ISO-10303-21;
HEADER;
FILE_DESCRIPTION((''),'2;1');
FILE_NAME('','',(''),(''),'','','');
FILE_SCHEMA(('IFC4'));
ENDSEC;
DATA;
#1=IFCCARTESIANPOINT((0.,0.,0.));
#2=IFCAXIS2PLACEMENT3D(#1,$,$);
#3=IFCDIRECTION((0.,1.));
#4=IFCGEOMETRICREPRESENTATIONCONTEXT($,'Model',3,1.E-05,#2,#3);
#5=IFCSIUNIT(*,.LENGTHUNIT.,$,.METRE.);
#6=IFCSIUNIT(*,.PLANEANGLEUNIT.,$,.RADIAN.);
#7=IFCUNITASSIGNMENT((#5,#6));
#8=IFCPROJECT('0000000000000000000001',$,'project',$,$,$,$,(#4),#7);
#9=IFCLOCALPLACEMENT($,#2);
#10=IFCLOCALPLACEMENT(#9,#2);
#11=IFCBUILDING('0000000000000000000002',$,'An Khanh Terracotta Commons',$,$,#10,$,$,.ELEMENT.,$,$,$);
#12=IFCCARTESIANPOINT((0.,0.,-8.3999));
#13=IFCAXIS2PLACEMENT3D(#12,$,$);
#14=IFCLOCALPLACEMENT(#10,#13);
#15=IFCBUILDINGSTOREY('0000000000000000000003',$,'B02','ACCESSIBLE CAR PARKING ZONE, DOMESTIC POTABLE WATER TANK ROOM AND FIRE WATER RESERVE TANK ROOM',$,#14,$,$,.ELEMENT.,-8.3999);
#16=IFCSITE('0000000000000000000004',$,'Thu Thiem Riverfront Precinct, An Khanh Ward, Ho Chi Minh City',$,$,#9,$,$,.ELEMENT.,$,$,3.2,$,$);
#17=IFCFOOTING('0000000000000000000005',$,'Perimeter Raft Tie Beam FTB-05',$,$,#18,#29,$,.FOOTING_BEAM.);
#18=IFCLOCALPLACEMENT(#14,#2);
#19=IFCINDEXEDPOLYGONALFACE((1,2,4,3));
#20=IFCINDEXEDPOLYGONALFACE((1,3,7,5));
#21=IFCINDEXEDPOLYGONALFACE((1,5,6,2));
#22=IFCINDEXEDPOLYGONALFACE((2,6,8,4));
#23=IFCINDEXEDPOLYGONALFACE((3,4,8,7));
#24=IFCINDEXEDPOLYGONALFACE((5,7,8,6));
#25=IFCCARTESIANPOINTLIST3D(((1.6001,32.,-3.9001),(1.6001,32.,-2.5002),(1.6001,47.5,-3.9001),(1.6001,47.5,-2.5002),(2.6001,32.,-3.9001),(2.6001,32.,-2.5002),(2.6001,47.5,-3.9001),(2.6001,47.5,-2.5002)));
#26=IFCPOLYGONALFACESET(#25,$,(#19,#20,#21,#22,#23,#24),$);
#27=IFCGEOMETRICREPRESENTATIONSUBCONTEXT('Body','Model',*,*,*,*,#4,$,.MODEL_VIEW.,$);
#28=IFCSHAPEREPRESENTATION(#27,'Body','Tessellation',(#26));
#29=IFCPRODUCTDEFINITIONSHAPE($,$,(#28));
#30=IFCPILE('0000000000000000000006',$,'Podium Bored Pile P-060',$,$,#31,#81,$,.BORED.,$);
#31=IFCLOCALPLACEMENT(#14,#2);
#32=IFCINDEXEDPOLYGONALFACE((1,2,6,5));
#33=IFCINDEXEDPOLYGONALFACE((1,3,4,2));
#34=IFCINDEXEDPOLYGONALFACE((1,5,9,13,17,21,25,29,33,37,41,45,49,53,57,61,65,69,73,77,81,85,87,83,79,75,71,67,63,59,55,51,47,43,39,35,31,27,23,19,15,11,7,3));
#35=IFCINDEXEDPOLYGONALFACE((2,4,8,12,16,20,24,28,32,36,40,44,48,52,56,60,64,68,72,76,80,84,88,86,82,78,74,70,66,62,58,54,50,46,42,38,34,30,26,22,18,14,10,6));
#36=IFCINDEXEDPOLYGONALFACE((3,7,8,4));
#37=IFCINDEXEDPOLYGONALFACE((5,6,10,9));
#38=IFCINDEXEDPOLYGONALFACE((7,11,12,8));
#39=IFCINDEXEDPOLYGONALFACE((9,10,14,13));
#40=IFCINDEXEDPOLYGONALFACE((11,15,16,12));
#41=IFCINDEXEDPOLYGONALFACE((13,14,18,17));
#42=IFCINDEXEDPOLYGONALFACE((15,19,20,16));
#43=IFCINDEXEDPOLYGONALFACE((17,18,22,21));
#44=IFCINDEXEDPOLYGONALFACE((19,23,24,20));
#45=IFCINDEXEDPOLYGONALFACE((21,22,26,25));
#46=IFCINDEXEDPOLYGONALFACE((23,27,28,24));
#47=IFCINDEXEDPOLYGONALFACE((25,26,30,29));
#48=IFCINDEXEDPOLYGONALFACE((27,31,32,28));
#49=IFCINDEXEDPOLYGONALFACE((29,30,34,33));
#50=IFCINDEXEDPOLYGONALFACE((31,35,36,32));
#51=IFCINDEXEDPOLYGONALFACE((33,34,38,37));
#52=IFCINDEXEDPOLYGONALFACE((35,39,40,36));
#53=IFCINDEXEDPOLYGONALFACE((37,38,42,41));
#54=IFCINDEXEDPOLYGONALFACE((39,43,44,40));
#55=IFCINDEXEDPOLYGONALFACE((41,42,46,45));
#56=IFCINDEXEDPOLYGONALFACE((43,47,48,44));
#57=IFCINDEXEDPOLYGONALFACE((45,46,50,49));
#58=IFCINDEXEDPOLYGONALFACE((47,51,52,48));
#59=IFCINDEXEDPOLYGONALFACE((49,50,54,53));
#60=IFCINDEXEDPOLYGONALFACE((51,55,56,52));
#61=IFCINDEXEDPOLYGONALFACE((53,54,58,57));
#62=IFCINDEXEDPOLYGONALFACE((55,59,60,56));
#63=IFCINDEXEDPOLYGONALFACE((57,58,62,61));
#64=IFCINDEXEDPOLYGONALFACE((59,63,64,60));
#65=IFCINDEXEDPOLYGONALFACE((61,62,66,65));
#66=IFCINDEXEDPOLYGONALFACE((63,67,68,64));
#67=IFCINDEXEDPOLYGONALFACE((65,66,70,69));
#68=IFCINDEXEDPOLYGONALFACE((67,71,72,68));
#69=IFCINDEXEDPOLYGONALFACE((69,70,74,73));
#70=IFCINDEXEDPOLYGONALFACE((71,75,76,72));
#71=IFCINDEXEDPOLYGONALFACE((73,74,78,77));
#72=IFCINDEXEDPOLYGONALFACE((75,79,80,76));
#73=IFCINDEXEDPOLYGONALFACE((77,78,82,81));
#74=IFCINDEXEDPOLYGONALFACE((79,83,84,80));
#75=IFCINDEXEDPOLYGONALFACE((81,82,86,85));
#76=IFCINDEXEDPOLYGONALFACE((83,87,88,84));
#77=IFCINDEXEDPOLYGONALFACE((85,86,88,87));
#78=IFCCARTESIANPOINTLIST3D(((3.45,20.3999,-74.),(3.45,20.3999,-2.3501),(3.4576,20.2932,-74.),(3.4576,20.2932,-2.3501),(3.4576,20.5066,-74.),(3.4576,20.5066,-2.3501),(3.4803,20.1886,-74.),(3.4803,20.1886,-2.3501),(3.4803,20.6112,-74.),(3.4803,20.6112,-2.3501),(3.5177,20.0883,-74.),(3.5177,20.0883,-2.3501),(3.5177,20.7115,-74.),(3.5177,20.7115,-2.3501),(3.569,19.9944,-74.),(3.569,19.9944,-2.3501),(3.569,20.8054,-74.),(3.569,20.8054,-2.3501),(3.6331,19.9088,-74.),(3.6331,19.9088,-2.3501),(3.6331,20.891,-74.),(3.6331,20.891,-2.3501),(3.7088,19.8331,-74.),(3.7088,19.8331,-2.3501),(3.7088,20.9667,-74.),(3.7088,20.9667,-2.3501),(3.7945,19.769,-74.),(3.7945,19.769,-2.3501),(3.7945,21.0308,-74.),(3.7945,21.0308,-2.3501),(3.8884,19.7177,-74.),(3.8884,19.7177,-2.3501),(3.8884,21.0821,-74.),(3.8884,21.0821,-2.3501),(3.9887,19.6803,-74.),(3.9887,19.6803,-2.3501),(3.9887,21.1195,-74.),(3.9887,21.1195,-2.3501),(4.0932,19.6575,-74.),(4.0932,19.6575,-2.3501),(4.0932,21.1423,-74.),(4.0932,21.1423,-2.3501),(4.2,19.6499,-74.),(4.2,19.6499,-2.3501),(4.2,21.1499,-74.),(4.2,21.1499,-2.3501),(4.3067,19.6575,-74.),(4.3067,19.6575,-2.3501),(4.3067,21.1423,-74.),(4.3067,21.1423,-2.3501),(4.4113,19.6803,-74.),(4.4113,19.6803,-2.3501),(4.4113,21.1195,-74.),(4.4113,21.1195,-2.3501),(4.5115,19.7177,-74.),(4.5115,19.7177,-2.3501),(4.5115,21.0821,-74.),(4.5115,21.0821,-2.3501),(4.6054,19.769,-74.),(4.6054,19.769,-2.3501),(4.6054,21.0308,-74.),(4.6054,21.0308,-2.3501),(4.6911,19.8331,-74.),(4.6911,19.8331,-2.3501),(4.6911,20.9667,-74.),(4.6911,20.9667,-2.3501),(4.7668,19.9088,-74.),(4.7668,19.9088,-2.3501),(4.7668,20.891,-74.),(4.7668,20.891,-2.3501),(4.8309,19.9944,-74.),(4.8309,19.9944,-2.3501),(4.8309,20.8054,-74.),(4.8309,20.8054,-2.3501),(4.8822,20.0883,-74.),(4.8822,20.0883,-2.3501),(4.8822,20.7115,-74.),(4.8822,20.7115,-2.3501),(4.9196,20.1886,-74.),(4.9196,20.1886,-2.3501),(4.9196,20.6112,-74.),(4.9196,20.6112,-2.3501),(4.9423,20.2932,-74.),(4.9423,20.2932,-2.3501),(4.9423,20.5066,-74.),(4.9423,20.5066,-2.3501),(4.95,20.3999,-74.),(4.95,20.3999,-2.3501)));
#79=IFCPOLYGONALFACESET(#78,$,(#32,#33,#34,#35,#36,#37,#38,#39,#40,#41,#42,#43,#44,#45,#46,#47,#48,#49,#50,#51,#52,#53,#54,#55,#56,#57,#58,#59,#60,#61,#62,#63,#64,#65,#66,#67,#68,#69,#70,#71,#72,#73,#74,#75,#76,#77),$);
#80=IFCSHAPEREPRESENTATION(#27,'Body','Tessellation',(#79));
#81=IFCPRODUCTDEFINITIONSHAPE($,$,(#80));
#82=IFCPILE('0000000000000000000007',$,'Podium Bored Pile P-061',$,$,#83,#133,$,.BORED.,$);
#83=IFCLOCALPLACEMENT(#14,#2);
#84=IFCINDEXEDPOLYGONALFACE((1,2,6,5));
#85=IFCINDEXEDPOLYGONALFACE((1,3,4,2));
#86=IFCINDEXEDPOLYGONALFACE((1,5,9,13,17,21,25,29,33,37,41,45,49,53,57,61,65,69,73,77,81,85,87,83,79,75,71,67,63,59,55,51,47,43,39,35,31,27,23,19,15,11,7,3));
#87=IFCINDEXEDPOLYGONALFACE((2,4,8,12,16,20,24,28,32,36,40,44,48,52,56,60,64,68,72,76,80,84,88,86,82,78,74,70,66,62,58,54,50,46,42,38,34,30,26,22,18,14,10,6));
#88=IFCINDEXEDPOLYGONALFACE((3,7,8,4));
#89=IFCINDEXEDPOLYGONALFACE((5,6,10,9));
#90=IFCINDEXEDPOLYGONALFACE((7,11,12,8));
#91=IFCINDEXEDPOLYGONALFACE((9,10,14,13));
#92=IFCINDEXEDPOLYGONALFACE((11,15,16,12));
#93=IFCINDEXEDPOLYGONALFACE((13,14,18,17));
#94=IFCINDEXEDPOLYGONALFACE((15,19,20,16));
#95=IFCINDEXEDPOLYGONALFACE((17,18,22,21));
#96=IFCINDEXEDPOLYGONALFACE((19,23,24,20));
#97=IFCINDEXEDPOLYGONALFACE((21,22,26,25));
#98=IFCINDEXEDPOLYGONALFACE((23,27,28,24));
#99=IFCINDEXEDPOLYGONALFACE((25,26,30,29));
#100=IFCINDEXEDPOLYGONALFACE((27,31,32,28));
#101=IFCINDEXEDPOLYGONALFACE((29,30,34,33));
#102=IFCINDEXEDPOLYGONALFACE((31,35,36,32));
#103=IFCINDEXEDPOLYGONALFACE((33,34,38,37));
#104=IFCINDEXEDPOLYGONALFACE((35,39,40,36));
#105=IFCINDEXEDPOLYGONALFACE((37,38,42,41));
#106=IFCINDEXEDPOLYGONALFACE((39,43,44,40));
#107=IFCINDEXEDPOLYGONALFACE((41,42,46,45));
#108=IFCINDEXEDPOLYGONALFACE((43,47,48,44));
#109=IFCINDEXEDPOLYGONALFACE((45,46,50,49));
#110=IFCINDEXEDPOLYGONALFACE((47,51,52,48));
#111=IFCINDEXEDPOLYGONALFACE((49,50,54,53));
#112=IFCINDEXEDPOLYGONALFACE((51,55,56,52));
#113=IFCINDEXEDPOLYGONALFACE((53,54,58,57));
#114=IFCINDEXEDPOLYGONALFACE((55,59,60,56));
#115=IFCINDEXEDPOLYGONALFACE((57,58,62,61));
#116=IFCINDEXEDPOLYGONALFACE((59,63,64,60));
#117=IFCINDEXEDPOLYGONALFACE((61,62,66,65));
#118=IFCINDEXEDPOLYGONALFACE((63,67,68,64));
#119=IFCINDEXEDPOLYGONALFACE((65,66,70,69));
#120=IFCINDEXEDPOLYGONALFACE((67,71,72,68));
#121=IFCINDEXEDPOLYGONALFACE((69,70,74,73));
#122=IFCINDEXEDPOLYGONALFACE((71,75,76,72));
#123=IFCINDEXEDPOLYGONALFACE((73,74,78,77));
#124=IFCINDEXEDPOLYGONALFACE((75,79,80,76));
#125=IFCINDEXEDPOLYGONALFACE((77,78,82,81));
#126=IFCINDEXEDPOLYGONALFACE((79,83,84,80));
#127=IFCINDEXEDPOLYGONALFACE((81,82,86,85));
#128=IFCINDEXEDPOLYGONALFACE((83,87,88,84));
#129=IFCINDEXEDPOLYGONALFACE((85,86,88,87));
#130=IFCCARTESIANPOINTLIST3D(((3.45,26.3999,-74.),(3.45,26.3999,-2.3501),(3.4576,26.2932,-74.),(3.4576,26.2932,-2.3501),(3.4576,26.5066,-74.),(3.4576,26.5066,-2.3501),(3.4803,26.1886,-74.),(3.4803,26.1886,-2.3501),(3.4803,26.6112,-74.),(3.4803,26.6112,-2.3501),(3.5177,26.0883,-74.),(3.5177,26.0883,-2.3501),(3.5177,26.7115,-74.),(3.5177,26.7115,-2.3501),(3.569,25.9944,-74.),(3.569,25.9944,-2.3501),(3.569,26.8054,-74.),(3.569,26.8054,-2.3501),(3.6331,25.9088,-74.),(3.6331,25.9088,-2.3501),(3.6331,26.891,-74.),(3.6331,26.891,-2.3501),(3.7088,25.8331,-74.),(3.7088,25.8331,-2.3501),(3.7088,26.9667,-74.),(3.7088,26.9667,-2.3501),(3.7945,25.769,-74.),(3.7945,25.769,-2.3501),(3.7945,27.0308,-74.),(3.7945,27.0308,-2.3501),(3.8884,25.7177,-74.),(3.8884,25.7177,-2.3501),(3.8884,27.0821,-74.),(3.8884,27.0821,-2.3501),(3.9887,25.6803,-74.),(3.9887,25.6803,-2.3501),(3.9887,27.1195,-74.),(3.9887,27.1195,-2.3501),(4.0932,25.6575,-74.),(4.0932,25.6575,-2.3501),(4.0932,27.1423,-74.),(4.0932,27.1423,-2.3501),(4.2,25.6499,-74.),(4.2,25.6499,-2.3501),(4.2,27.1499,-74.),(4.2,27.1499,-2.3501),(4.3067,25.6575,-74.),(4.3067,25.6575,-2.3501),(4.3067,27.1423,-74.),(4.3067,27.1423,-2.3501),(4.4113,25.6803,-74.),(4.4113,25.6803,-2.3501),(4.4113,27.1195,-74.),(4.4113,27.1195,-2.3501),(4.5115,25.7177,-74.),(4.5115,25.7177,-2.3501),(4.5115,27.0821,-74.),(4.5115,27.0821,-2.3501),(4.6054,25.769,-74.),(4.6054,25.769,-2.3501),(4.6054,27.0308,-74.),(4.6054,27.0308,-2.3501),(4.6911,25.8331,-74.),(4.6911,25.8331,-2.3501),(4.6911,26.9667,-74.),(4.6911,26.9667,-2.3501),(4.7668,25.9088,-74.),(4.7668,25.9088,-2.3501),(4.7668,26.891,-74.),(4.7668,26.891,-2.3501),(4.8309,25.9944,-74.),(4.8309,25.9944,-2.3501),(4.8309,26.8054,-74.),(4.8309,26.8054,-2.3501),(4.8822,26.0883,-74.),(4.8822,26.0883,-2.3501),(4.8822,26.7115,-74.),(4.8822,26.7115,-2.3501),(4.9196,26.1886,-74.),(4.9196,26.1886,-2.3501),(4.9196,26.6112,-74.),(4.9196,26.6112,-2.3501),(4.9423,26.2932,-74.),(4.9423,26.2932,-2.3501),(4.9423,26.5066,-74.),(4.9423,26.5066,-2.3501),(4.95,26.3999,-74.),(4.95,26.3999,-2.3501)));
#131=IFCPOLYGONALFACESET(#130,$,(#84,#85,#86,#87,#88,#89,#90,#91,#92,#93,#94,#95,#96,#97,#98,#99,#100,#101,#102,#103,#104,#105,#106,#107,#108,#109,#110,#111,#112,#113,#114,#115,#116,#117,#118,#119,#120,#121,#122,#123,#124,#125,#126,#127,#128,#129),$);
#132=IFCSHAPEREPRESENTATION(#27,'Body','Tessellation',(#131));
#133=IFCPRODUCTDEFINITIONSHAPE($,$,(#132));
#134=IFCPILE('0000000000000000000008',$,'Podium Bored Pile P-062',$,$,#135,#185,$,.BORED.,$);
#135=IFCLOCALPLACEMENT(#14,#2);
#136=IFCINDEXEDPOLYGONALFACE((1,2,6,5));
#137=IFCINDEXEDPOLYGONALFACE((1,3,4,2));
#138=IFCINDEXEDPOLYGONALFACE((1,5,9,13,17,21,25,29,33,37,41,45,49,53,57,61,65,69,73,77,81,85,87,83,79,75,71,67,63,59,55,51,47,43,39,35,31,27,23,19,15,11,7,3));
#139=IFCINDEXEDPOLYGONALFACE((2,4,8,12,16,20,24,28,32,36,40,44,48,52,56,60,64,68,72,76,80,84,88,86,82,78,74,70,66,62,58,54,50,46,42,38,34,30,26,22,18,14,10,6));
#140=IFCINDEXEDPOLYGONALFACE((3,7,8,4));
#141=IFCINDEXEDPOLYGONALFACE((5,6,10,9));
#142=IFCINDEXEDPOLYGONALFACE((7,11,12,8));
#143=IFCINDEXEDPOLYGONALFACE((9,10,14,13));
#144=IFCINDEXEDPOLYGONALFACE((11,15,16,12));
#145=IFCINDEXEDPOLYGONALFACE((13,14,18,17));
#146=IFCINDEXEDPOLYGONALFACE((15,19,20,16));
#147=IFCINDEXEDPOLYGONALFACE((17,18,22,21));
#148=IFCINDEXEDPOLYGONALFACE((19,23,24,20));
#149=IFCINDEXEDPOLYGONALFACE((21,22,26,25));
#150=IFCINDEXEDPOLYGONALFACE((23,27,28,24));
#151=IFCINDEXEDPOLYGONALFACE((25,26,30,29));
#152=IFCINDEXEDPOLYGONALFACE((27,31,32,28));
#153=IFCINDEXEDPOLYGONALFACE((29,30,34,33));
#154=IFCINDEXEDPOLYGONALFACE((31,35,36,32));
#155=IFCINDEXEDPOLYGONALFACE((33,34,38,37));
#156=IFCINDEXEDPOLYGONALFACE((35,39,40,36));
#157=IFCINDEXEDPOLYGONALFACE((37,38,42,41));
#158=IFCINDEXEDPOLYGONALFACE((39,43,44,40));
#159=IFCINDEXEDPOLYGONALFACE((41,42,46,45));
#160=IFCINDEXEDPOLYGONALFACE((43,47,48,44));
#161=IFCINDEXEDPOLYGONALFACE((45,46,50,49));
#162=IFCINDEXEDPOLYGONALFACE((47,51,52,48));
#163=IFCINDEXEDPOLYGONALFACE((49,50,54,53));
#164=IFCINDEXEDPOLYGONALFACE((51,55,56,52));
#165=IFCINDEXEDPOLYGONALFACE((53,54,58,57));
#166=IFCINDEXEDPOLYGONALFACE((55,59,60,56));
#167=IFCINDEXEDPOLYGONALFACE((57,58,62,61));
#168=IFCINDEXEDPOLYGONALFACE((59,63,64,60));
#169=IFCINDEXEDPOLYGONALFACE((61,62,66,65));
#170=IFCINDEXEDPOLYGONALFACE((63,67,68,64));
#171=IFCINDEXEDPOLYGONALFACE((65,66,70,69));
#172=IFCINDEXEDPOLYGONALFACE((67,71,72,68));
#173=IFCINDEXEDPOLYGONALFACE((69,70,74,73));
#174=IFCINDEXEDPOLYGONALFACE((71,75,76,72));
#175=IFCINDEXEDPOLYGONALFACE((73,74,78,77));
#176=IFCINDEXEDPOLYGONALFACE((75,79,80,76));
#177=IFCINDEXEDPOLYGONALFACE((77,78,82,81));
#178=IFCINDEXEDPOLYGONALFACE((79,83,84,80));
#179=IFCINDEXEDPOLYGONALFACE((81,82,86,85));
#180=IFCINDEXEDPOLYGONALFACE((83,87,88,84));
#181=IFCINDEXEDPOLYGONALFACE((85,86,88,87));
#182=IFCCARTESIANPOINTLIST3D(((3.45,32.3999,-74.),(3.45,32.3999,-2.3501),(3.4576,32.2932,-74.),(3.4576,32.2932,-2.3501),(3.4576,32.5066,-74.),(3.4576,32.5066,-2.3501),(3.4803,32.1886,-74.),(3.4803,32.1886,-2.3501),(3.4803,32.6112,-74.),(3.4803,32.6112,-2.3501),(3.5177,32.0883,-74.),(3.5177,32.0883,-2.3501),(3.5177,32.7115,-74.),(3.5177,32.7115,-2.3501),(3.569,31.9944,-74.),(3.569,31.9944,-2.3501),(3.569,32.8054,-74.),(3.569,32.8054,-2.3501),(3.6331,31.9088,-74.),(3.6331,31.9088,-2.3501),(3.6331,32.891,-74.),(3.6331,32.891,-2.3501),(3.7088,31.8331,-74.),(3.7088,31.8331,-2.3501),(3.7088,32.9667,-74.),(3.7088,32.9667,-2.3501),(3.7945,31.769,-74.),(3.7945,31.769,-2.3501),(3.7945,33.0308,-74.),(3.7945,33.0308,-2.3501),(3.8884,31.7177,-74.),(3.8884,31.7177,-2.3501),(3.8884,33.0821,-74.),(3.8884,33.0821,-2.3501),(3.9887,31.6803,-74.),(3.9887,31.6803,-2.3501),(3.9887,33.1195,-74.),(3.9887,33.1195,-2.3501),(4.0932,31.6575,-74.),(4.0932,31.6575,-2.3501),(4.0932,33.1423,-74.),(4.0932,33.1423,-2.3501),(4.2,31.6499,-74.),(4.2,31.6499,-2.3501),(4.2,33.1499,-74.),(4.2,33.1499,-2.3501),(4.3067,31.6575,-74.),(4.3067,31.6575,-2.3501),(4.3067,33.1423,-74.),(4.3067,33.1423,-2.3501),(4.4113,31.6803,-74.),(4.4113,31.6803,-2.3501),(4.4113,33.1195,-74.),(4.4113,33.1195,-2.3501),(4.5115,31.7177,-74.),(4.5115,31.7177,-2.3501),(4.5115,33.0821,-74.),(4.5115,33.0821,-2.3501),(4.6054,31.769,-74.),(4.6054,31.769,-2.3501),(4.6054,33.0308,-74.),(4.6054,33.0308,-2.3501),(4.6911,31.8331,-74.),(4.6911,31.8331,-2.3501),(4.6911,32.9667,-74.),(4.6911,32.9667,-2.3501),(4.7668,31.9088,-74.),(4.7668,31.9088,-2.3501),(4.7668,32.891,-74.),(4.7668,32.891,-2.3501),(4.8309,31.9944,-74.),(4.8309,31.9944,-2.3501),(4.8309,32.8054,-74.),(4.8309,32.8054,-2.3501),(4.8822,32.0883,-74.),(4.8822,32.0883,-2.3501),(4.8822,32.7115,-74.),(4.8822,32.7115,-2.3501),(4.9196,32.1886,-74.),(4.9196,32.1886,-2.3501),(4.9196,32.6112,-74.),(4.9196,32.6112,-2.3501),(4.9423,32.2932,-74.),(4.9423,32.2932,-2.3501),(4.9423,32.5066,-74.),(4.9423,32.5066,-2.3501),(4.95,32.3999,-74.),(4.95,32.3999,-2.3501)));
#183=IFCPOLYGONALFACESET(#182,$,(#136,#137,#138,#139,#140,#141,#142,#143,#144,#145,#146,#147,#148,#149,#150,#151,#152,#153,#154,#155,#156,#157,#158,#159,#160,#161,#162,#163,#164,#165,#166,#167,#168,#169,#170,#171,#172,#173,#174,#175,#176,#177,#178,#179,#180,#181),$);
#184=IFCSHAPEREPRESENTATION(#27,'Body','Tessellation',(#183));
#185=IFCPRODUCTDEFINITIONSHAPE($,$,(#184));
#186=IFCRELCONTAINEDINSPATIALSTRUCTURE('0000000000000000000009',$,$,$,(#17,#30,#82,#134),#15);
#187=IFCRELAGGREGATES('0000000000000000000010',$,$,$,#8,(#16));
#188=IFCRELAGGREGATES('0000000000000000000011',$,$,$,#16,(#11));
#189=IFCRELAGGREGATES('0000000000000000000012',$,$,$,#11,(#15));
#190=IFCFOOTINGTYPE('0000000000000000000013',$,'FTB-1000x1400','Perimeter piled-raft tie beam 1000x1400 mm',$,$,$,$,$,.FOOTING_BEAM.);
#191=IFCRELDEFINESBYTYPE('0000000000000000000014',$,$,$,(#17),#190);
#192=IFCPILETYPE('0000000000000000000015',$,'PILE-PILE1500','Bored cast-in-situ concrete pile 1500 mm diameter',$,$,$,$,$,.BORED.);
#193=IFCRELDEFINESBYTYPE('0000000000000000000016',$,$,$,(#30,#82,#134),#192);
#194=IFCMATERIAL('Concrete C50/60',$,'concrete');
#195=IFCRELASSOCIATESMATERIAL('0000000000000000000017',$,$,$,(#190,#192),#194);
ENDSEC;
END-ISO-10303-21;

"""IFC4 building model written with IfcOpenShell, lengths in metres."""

from ifc_helpers import new_model, si_unit, direction, frame, origin, origin_2d, place, context, subcontext, project, spatial, rectangle, circle, extrude, material, material_profile, profile_set, type_object, element, save


model = new_model("IFC4")

# Units and contexts
model_context = context("Model", 3, precision=1e-05, world=origin(), true_north=direction((0.0, 1.0)))
body_context = subcontext(model_context, "Body", "Model", "MODEL_VIEW")
ifc_project = project(units=[si_unit("LENGTHUNIT", "METRE"), si_unit("PLANEANGLEUNIT", "RADIAN")], contexts=[model_context])

# Site, building, storey
site_placement = place(None, origin())
site = spatial("IfcSite", under=ifc_project, at=site_placement, Name="Thu Thiem Riverfront Precinct, An Khanh Ward, Ho Chi Minh City", CompositionType="ELEMENT", RefElevation=3.2)
building_placement = place(site_placement, origin())
building = spatial("IfcBuilding", under=site, at=building_placement, Name="An Khanh Terracotta Commons", CompositionType="ELEMENT")
storey_placement = place(building_placement, frame((0.0, 0.0, -8.3999)))
storey = spatial("IfcBuildingStorey", under=building, at=storey_placement, Name="B02", Description="ACCESSIBLE CAR PARKING ZONE, DOMESTIC POTABLE WATER TANK ROOM AND FIRE WATER RESERVE TANK ROOM", CompositionType="ELEMENT", Elevation=-8.3999)

# Footing
ifc_material_1 = material(Name="Concrete C50/60", Category="concrete")
ifc_material_profile_1 = material_profile(ifc_material_1, rectangle(XDim=1.0, YDim=1.3999, at=origin_2d()), Name="FTB1000x1400")
ifc_profile_set_1 = profile_set([ifc_material_profile_1], Name="Concrete C50/60")
footing_type = type_object("IfcFootingType", Name="FTB-1000x1400", Description="Perimeter piled-raft tie beam 1000x1400 mm", PredefinedType="FOOTING_BEAM", material=ifc_profile_set_1)
footing_placement = place(storey_placement, frame((2.1001, 32.0, -3.2002), z_axis=(0.0, 1.0, 0.0), x_axis=(-1.0, 0.0, 0.0)))
element("IfcFooting", 1, at=footing_placement, inside=storey, type_object=footing_type, Name="Perimeter Raft Tie Beam FTB-05", PredefinedType="FOOTING_BEAM", context=body_context, shape_type="SweptSolid", body=[
    extrude(rectangle(XDim=1.0, YDim=1.3999, at=origin_2d()), origin(), (0.0, 0.0, 1.0), 15.5),
])

# Piles
ifc_material_profile_2 = material_profile(ifc_material_1, circle(Radius=0.75, at=origin_2d()), Name="PILE1500")
ifc_profile_set_2 = profile_set([ifc_material_profile_2], Name="Concrete C50/60")
pile_type_1 = type_object("IfcPileType", Name="PILE-PILE1500", Description="Bored cast-in-situ concrete pile 1500 mm diameter", PredefinedType="BORED", material=ifc_profile_set_2)
for number, where, z_axis, x_axis, name in (
    (2, (4.2, 20.3999, -2.3501), (0.0, 0.0, -1.0), (1.0, 0.0, 0.0), "Podium Bored Pile P-060"),
    (3, (4.2, 26.3999, -2.3501), (0.0, 0.0, -1.0), (1.0, 0.0, 0.0), "Podium Bored Pile P-061"),
    (4, (4.2, 32.3999, -2.3501), (0.0, 0.0, -1.0), (1.0, 0.0, 0.0), "Podium Bored Pile P-062"),
):
    element("IfcPile", number, at=place(storey_placement, frame(where, z_axis=z_axis, x_axis=x_axis)), inside=storey, type_object=pile_type_1, Name=name, PredefinedType="BORED", context=body_context, shape_type="SweptSolid", body=[
        extrude(circle(Radius=0.75, at=origin_2d()), origin(), (0.0, 0.0, 1.0), 71.6499),
    ])

save(model, "model.ifc")
